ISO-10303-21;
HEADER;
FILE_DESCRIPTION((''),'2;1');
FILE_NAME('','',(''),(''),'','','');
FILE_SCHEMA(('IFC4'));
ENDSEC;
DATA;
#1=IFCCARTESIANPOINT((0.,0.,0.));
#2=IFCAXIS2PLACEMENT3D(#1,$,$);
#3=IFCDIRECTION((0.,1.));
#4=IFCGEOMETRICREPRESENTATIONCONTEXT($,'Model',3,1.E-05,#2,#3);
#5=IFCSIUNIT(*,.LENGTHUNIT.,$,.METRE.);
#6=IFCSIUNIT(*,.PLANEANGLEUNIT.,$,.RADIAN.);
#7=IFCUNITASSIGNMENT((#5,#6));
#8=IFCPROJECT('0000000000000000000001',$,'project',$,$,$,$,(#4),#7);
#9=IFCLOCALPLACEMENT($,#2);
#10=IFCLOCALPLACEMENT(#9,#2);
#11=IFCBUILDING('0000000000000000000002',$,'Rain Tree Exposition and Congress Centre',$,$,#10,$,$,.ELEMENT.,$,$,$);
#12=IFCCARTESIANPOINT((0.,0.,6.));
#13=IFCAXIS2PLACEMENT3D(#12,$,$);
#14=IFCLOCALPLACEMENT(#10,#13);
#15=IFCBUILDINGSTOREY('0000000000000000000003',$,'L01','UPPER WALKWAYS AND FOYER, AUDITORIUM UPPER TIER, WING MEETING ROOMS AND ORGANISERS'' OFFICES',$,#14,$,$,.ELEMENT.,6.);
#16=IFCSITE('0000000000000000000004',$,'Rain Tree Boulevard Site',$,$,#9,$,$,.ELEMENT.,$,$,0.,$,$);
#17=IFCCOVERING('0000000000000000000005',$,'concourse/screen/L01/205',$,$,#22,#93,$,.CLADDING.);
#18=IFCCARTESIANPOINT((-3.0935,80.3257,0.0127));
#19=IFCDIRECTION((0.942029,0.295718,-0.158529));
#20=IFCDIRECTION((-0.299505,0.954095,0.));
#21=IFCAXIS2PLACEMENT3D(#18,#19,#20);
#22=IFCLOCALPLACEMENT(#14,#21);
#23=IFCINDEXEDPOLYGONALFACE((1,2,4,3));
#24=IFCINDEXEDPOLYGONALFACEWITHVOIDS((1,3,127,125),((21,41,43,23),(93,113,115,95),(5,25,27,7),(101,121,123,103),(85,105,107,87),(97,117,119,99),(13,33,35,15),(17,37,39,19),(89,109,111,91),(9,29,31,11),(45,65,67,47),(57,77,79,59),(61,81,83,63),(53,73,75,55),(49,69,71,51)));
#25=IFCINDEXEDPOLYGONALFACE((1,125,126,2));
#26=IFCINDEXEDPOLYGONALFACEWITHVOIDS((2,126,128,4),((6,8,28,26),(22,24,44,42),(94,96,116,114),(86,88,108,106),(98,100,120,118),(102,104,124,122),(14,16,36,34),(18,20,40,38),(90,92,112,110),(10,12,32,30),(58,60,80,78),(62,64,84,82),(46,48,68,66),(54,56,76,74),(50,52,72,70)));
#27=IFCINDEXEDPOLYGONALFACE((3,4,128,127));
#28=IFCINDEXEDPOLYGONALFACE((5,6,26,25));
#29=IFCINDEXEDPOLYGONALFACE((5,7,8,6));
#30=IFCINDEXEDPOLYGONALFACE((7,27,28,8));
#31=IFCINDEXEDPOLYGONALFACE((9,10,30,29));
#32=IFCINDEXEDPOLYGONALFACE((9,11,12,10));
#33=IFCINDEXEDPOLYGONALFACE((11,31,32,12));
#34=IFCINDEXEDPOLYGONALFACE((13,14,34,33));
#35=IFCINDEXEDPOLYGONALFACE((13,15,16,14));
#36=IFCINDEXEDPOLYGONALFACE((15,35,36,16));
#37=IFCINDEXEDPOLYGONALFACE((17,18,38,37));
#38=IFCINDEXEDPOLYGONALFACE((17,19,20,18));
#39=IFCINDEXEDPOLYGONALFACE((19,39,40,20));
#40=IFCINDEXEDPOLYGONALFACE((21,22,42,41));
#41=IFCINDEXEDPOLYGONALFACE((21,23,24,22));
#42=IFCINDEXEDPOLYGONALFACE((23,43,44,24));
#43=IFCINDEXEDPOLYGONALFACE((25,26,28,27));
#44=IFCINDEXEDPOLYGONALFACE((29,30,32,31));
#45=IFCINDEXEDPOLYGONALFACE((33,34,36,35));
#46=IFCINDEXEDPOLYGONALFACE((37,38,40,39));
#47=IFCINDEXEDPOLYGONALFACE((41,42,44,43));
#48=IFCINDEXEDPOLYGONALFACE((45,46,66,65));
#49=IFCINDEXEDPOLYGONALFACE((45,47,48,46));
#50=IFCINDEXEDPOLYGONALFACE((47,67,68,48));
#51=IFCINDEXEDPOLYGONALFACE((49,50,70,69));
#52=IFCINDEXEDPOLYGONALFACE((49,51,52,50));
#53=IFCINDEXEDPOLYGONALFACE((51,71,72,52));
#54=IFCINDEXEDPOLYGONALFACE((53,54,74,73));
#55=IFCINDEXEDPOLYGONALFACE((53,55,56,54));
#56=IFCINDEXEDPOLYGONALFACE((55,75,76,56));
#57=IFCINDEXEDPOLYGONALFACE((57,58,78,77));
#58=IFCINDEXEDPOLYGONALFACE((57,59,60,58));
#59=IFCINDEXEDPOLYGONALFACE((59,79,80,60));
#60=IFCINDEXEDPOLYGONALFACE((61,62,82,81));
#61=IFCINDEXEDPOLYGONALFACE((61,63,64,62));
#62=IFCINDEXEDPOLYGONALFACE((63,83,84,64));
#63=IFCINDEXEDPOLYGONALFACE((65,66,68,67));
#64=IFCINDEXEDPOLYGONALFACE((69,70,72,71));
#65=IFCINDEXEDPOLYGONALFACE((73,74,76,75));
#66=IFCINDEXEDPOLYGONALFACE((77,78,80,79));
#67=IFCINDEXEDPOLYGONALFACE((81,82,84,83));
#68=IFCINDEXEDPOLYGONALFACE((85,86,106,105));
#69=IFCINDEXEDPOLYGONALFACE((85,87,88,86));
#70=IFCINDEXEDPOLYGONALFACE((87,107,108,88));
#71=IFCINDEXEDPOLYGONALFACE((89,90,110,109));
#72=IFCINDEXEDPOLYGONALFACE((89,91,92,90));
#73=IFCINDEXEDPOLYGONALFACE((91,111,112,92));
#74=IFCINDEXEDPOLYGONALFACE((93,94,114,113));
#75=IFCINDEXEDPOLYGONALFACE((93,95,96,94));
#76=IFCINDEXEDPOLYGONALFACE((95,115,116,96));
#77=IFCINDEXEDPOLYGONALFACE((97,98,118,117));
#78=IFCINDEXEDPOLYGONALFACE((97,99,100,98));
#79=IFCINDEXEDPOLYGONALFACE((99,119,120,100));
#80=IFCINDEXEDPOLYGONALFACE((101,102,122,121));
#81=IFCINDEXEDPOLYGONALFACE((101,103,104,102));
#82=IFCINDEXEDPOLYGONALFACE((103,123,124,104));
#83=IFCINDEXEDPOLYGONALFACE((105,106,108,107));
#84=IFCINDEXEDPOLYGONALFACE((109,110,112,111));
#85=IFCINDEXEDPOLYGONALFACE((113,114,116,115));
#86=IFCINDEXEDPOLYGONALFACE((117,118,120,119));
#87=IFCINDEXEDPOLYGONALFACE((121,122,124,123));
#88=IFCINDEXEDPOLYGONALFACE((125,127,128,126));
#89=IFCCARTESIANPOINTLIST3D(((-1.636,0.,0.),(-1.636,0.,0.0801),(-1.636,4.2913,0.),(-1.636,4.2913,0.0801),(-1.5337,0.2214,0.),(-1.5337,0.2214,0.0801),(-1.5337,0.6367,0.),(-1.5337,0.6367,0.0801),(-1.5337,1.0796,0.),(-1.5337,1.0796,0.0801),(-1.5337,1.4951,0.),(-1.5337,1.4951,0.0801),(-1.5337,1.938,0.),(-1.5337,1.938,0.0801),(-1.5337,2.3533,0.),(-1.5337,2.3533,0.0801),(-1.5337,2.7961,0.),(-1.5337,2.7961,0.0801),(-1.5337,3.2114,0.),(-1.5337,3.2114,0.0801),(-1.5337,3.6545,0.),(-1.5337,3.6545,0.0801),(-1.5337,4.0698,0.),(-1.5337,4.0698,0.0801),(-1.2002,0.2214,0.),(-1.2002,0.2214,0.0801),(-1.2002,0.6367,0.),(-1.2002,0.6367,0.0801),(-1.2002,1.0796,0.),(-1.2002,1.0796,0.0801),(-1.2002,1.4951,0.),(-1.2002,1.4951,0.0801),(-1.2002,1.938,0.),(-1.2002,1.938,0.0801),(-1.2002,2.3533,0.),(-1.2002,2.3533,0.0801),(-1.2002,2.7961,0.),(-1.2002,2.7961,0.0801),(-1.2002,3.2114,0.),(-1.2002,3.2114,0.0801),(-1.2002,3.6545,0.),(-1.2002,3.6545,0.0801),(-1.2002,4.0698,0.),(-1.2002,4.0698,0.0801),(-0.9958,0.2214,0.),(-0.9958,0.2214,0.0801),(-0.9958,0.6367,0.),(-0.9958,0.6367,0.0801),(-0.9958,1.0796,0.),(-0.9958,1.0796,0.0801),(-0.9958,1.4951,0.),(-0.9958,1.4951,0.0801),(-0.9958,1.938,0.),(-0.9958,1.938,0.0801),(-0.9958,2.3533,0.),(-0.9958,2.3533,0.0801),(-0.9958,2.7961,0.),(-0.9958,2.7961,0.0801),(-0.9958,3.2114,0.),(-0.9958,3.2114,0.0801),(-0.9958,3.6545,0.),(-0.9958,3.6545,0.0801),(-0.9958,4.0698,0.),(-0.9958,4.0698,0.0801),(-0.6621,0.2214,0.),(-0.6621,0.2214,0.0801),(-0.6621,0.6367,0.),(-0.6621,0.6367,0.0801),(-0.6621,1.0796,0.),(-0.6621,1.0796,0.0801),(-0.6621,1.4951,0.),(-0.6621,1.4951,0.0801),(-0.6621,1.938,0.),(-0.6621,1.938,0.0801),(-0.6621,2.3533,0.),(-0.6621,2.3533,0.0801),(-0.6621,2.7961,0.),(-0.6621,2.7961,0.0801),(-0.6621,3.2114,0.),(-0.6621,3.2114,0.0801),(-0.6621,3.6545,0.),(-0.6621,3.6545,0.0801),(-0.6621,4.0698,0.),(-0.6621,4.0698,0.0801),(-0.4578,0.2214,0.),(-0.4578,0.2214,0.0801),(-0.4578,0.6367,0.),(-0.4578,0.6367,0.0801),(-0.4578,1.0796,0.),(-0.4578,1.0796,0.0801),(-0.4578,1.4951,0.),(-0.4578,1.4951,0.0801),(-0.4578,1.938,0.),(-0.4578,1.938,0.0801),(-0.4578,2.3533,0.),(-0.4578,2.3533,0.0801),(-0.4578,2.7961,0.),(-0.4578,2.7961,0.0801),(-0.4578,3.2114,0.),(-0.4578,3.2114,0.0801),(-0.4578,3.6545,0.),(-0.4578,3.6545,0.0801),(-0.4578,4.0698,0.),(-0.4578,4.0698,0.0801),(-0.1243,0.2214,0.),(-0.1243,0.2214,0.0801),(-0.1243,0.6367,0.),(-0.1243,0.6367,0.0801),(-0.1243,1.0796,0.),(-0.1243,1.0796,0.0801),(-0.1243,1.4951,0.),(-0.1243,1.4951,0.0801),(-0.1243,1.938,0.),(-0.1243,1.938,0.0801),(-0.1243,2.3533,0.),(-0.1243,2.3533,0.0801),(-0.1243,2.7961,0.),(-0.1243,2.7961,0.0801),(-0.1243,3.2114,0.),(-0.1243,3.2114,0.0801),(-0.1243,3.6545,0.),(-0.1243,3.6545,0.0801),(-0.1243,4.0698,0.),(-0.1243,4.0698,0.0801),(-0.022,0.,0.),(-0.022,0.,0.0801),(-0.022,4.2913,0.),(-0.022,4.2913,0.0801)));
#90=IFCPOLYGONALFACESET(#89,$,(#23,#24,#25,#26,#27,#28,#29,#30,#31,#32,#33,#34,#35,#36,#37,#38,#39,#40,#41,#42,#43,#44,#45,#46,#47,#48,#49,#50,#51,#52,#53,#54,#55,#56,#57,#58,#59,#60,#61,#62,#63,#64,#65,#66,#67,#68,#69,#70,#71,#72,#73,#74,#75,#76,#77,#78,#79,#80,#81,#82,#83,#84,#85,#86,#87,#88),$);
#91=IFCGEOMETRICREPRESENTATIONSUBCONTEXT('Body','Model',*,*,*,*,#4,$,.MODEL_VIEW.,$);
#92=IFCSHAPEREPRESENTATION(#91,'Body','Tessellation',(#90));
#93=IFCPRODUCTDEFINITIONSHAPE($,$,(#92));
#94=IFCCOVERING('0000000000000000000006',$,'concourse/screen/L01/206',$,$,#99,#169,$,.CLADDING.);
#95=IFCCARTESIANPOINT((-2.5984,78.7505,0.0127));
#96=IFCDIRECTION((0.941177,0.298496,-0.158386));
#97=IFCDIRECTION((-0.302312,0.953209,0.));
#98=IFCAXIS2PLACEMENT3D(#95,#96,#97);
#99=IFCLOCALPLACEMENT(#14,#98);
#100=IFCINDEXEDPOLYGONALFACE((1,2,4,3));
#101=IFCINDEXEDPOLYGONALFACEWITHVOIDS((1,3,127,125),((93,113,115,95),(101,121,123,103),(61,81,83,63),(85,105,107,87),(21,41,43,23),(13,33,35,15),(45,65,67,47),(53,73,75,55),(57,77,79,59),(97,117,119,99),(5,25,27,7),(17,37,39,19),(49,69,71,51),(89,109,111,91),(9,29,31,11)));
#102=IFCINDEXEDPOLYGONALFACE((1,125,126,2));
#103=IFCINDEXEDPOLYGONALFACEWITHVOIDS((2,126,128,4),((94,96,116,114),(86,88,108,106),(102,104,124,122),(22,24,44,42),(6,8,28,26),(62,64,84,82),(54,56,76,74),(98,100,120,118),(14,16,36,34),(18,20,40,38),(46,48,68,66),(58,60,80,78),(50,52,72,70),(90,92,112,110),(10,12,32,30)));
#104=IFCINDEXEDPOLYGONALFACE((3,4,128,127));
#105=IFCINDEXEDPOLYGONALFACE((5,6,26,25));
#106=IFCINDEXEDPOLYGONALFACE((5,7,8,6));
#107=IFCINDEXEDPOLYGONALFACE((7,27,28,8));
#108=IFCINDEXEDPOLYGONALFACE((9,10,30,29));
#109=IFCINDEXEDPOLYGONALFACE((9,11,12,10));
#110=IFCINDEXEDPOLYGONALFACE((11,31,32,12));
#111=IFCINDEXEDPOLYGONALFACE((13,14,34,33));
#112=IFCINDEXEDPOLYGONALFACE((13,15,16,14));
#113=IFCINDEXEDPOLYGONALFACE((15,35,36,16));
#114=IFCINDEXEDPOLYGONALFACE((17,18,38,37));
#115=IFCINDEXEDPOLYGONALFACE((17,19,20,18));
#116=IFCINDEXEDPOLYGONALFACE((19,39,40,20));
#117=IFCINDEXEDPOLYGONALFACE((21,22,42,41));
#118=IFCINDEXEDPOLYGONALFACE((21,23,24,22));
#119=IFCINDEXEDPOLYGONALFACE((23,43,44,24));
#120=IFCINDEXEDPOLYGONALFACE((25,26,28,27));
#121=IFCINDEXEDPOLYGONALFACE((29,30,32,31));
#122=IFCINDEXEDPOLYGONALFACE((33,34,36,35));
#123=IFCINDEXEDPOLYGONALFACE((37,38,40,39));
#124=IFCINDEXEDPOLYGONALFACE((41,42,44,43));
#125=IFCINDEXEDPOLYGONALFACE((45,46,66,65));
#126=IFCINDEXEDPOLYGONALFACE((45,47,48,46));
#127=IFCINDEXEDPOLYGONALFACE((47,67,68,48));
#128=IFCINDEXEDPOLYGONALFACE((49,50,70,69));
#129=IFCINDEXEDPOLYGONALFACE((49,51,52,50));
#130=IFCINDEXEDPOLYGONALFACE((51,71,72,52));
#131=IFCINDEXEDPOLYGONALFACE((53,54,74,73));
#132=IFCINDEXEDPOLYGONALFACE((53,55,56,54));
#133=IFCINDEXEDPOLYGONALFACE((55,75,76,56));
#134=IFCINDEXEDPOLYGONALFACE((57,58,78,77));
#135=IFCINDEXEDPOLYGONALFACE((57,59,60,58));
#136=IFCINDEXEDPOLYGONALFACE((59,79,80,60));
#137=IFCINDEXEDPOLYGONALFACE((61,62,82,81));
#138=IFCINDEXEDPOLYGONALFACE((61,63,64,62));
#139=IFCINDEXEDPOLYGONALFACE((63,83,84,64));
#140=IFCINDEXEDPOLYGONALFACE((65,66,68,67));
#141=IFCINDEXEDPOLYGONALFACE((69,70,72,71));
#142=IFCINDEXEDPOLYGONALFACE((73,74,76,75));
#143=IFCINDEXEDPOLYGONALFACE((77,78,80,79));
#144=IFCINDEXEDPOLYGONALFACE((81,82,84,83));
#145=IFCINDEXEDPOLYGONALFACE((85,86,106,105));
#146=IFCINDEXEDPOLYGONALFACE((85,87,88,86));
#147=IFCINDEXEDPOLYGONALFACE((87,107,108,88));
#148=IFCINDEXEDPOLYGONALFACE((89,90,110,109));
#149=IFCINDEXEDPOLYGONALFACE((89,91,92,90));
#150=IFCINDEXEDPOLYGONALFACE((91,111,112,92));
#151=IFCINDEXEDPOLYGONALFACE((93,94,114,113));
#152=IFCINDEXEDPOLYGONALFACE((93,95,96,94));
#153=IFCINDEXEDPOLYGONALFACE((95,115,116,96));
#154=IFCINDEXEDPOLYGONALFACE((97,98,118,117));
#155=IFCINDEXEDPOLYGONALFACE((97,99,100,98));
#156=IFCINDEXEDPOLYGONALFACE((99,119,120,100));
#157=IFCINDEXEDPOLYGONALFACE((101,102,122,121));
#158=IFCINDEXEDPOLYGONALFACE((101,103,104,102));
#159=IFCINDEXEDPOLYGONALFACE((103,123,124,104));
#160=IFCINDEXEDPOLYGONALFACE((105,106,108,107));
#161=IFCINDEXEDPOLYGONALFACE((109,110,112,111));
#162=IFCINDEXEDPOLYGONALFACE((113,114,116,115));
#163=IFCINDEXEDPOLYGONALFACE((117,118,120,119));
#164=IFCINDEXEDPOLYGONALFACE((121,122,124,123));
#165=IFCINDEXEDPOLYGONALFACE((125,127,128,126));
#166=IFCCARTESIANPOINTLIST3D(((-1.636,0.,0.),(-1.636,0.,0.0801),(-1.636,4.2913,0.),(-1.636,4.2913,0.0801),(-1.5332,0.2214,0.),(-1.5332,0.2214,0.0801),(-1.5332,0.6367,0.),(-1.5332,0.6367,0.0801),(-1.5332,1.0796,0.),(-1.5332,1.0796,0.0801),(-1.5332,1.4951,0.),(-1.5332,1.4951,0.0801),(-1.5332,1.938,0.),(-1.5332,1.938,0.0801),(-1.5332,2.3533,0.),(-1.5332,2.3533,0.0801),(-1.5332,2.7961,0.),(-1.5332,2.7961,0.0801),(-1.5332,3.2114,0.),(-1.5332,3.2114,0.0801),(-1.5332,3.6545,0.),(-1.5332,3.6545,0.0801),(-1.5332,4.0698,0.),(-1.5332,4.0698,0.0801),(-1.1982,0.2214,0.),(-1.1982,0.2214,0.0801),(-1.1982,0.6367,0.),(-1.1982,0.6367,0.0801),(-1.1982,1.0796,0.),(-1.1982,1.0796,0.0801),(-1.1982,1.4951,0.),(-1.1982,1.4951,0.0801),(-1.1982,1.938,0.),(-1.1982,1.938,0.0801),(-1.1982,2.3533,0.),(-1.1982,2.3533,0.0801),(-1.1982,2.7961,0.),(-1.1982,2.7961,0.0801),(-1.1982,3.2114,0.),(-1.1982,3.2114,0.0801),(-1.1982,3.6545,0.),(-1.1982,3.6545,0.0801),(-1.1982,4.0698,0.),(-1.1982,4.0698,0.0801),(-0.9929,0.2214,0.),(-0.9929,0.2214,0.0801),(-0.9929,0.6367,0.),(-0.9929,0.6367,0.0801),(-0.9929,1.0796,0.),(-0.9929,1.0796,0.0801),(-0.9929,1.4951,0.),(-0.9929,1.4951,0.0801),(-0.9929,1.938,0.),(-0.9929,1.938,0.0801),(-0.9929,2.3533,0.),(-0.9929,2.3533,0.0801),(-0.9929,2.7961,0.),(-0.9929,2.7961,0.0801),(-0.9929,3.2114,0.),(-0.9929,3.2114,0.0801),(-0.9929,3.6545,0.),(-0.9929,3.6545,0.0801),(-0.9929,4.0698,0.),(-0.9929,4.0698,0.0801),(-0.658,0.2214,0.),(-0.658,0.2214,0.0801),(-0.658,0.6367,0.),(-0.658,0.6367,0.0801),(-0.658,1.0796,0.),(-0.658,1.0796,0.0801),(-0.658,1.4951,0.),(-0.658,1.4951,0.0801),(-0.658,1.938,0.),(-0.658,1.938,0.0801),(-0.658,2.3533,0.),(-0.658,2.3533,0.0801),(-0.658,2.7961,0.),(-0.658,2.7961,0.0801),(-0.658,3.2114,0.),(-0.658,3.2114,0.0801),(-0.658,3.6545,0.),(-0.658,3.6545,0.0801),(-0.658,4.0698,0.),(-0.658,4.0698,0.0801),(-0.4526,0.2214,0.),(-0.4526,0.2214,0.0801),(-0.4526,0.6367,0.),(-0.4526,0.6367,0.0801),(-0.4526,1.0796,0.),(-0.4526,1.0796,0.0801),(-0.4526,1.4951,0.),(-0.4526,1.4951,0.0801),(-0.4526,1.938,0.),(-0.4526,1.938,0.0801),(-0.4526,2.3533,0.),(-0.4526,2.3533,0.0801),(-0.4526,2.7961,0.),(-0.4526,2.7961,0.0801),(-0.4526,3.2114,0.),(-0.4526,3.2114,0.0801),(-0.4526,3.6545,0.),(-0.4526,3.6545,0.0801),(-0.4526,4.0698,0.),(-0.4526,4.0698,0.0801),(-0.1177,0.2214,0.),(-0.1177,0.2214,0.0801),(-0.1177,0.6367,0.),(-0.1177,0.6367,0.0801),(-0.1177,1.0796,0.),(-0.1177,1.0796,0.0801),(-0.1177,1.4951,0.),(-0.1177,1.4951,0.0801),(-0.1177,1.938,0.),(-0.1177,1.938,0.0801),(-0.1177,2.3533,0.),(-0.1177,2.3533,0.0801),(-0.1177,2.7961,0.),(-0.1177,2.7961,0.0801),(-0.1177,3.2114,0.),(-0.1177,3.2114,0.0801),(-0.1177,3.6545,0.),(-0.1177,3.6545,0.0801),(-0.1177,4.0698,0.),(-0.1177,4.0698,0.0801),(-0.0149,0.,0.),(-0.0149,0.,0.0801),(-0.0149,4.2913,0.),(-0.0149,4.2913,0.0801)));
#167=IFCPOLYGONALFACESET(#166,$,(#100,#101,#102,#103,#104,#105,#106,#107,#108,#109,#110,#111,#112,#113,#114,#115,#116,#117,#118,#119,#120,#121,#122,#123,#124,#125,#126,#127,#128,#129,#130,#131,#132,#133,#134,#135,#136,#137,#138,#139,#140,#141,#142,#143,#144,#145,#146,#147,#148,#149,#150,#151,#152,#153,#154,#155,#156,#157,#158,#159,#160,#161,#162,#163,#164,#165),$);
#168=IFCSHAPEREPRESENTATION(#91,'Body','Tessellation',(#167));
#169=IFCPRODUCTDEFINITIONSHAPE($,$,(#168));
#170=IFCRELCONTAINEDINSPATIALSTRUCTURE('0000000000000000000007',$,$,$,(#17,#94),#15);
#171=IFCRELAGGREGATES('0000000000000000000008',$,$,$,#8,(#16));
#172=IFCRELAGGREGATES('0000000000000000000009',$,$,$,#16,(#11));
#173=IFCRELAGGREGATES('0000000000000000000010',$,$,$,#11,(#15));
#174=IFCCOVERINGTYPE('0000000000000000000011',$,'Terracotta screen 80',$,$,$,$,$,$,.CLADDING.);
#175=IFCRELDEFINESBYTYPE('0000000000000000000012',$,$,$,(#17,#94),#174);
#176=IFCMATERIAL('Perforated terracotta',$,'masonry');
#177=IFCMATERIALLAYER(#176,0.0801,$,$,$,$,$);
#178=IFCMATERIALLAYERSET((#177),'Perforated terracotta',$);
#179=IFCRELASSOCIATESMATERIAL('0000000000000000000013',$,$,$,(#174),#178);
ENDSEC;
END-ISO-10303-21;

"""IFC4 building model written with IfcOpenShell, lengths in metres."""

from ifc_helpers import new_model, si_unit, direction, frame, origin, place, context, subcontext, project, spatial, polyline, outline, extrude, material, layer, layer_set, type_object, element, save


model = new_model("IFC4")

# Units and contexts
model_context = context("Model", 3, precision=1e-05, world=origin(), true_north=direction((0.0, 1.0)))
body_context = subcontext(model_context, "Body", "Model", "MODEL_VIEW")
ifc_project = project(units=[si_unit("LENGTHUNIT", "METRE"), si_unit("PLANEANGLEUNIT", "RADIAN")], contexts=[model_context])

# Site, building, storey
site_placement = place(None, origin())
site = spatial("IfcSite", under=ifc_project, at=site_placement, Name="Rain Tree Boulevard Site", CompositionType="ELEMENT", RefElevation=0.0)
building_placement = place(site_placement, origin())
building = spatial("IfcBuilding", under=site, at=building_placement, Name="Rain Tree Exposition and Congress Centre", CompositionType="ELEMENT")
storey_placement = place(building_placement, frame((0.0, 0.0, 6.0)))
storey = spatial("IfcBuildingStorey", under=building, at=storey_placement, Name="L01", Description="UPPER WALKWAYS AND FOYER, AUDITORIUM UPPER TIER, WING MEETING ROOMS AND ORGANISERS' OFFICES", CompositionType="ELEMENT", Elevation=6.0)

# Coverings
ifc_material_1 = material(Name="Perforated terracotta", Category="masonry")
ifc_layer_1 = layer(ifc_material_1, 0.0801)
ifc_layer_set_1 = layer_set([ifc_layer_1], Name="Perforated terracotta")
covering_type = type_object("IfcCoveringType", Name="Terracotta screen 80", PredefinedType="CLADDING", material=ifc_layer_set_1)
covering_1_placement = place(storey_placement, frame((-3.0935, 80.3257, 0.0127), z_axis=(0.942029, 0.295718, -0.158529), x_axis=(-0.299505, 0.954095, 0.0)))
element("IfcCovering", 1, at=covering_1_placement, inside=storey, type_object=covering_type, Name="concourse/screen/L01/205", PredefinedType="CLADDING", context=body_context, shape_type="SweptSolid", body=[
    extrude(outline(polyline([(-1.636, 0.0), (-1.636, 4.2913), (-0.022, 4.2913), (-0.022, 0.0), (-1.636, 0.0)]), holes=[polyline([(-0.1243, 0.2214), (-0.1243, 0.6367), (-0.4578, 0.6367), (-0.4578, 0.2214), (-0.1243, 0.2214)]), polyline([(-0.1243, 1.0796), (-0.1243, 1.4951), (-0.4578, 1.4951), (-0.4578, 1.0796), (-0.1243, 1.0796)]), polyline([(-0.1243, 1.938), (-0.1243, 2.3533), (-0.4578, 2.3533), (-0.4578, 1.938), (-0.1243, 1.938)]), polyline([(-0.1243, 2.7961), (-0.1243, 3.2114), (-0.4578, 3.2114), (-0.4578, 2.7961), (-0.1243, 2.7961)]), polyline([(-0.1243, 3.6545), (-0.1243, 4.0698), (-0.4578, 4.0698), (-0.4578, 3.6545), (-0.1243, 3.6545)]), polyline([(-0.6621, 0.2214), (-0.6621, 0.6367), (-0.9958, 0.6367), (-0.9958, 0.2214), (-0.6621, 0.2214)]), polyline([(-0.6621, 1.0796), (-0.6621, 1.4951), (-0.9958, 1.4951), (-0.9958, 1.0796), (-0.6621, 1.0796)]), polyline([(-0.6621, 1.938), (-0.6621, 2.3533), (-0.9958, 2.3533), (-0.9958, 1.938), (-0.6621, 1.938)]), polyline([(-0.6621, 2.7961), (-0.6621, 3.2114), (-0.9958, 3.2114), (-0.9958, 2.7961), (-0.6621, 2.7961)]), polyline([(-0.6621, 3.6545), (-0.6621, 4.0698), (-0.9958, 4.0698), (-0.9958, 3.6545), (-0.6621, 3.6545)]), polyline([(-1.2002, 0.2214), (-1.2002, 0.6367), (-1.5337, 0.6367), (-1.5337, 0.2214), (-1.2002, 0.2214)]), polyline([(-1.2002, 1.0796), (-1.2002, 1.4951), (-1.5337, 1.4951), (-1.5337, 1.0796), (-1.2002, 1.0796)]), polyline([(-1.2002, 1.938), (-1.2002, 2.3533), (-1.5337, 2.3533), (-1.5337, 1.938), (-1.2002, 1.938)]), polyline([(-1.2002, 2.7961), (-1.2002, 3.2114), (-1.5337, 3.2114), (-1.5337, 2.7961), (-1.2002, 2.7961)]), polyline([(-1.2002, 3.6545), (-1.2002, 4.0698), (-1.5337, 4.0698), (-1.5337, 3.6545), (-1.2002, 3.6545)])]), origin(), (0.0, 0.0, 1.0), 0.0801),
])
covering_2_placement = place(storey_placement, frame((-2.5984, 78.7505, 0.0127), z_axis=(0.941177, 0.298496, -0.158386), x_axis=(-0.302312, 0.953209, 0.0)))
element("IfcCovering", 2, at=covering_2_placement, inside=storey, type_object=covering_type, Name="concourse/screen/L01/206", PredefinedType="CLADDING", context=body_context, shape_type="SweptSolid", body=[
    extrude(outline(polyline([(-1.636, 0.0), (-1.636, 4.2913), (-0.0149, 4.2913), (-0.0149, 0.0), (-1.636, 0.0)]), holes=[polyline([(-0.1177, 0.2214), (-0.1177, 0.6367), (-0.4526, 0.6367), (-0.4526, 0.2214), (-0.1177, 0.2214)]), polyline([(-0.1177, 1.0796), (-0.1177, 1.4951), (-0.4526, 1.4951), (-0.4526, 1.0796), (-0.1177, 1.0796)]), polyline([(-0.1177, 1.938), (-0.1177, 2.3533), (-0.4526, 2.3533), (-0.4526, 1.938), (-0.1177, 1.938)]), polyline([(-0.1177, 2.7961), (-0.1177, 3.2114), (-0.4526, 3.2114), (-0.4526, 2.7961), (-0.1177, 2.7961)]), polyline([(-0.1177, 3.6545), (-0.1177, 4.0698), (-0.4526, 4.0698), (-0.4526, 3.6545), (-0.1177, 3.6545)]), polyline([(-0.658, 0.2214), (-0.658, 0.6367), (-0.9929, 0.6367), (-0.9929, 0.2214), (-0.658, 0.2214)]), polyline([(-0.658, 1.0796), (-0.658, 1.4951), (-0.9929, 1.4951), (-0.9929, 1.0796), (-0.658, 1.0796)]), polyline([(-0.658, 1.938), (-0.658, 2.3533), (-0.9929, 2.3533), (-0.9929, 1.938), (-0.658, 1.938)]), polyline([(-0.658, 2.7961), (-0.658, 3.2114), (-0.9929, 3.2114), (-0.9929, 2.7961), (-0.658, 2.7961)]), polyline([(-0.658, 3.6545), (-0.658, 4.0698), (-0.9929, 4.0698), (-0.9929, 3.6545), (-0.658, 3.6545)]), polyline([(-1.1982, 0.2214), (-1.1982, 0.6367), (-1.5332, 0.6367), (-1.5332, 0.2214), (-1.1982, 0.2214)]), polyline([(-1.1982, 1.0796), (-1.1982, 1.4951), (-1.5332, 1.4951), (-1.5332, 1.0796), (-1.1982, 1.0796)]), polyline([(-1.1982, 1.938), (-1.1982, 2.3533), (-1.5332, 2.3533), (-1.5332, 1.938), (-1.1982, 1.938)]), polyline([(-1.1982, 2.7961), (-1.1982, 3.2114), (-1.5332, 3.2114), (-1.5332, 2.7961), (-1.1982, 2.7961)]), polyline([(-1.1982, 3.6545), (-1.1982, 4.0698), (-1.5332, 4.0698), (-1.5332, 3.6545), (-1.1982, 3.6545)])]), origin(), (0.0, 0.0, 1.0), 0.0801),
])

save(model, "model.ifc")
